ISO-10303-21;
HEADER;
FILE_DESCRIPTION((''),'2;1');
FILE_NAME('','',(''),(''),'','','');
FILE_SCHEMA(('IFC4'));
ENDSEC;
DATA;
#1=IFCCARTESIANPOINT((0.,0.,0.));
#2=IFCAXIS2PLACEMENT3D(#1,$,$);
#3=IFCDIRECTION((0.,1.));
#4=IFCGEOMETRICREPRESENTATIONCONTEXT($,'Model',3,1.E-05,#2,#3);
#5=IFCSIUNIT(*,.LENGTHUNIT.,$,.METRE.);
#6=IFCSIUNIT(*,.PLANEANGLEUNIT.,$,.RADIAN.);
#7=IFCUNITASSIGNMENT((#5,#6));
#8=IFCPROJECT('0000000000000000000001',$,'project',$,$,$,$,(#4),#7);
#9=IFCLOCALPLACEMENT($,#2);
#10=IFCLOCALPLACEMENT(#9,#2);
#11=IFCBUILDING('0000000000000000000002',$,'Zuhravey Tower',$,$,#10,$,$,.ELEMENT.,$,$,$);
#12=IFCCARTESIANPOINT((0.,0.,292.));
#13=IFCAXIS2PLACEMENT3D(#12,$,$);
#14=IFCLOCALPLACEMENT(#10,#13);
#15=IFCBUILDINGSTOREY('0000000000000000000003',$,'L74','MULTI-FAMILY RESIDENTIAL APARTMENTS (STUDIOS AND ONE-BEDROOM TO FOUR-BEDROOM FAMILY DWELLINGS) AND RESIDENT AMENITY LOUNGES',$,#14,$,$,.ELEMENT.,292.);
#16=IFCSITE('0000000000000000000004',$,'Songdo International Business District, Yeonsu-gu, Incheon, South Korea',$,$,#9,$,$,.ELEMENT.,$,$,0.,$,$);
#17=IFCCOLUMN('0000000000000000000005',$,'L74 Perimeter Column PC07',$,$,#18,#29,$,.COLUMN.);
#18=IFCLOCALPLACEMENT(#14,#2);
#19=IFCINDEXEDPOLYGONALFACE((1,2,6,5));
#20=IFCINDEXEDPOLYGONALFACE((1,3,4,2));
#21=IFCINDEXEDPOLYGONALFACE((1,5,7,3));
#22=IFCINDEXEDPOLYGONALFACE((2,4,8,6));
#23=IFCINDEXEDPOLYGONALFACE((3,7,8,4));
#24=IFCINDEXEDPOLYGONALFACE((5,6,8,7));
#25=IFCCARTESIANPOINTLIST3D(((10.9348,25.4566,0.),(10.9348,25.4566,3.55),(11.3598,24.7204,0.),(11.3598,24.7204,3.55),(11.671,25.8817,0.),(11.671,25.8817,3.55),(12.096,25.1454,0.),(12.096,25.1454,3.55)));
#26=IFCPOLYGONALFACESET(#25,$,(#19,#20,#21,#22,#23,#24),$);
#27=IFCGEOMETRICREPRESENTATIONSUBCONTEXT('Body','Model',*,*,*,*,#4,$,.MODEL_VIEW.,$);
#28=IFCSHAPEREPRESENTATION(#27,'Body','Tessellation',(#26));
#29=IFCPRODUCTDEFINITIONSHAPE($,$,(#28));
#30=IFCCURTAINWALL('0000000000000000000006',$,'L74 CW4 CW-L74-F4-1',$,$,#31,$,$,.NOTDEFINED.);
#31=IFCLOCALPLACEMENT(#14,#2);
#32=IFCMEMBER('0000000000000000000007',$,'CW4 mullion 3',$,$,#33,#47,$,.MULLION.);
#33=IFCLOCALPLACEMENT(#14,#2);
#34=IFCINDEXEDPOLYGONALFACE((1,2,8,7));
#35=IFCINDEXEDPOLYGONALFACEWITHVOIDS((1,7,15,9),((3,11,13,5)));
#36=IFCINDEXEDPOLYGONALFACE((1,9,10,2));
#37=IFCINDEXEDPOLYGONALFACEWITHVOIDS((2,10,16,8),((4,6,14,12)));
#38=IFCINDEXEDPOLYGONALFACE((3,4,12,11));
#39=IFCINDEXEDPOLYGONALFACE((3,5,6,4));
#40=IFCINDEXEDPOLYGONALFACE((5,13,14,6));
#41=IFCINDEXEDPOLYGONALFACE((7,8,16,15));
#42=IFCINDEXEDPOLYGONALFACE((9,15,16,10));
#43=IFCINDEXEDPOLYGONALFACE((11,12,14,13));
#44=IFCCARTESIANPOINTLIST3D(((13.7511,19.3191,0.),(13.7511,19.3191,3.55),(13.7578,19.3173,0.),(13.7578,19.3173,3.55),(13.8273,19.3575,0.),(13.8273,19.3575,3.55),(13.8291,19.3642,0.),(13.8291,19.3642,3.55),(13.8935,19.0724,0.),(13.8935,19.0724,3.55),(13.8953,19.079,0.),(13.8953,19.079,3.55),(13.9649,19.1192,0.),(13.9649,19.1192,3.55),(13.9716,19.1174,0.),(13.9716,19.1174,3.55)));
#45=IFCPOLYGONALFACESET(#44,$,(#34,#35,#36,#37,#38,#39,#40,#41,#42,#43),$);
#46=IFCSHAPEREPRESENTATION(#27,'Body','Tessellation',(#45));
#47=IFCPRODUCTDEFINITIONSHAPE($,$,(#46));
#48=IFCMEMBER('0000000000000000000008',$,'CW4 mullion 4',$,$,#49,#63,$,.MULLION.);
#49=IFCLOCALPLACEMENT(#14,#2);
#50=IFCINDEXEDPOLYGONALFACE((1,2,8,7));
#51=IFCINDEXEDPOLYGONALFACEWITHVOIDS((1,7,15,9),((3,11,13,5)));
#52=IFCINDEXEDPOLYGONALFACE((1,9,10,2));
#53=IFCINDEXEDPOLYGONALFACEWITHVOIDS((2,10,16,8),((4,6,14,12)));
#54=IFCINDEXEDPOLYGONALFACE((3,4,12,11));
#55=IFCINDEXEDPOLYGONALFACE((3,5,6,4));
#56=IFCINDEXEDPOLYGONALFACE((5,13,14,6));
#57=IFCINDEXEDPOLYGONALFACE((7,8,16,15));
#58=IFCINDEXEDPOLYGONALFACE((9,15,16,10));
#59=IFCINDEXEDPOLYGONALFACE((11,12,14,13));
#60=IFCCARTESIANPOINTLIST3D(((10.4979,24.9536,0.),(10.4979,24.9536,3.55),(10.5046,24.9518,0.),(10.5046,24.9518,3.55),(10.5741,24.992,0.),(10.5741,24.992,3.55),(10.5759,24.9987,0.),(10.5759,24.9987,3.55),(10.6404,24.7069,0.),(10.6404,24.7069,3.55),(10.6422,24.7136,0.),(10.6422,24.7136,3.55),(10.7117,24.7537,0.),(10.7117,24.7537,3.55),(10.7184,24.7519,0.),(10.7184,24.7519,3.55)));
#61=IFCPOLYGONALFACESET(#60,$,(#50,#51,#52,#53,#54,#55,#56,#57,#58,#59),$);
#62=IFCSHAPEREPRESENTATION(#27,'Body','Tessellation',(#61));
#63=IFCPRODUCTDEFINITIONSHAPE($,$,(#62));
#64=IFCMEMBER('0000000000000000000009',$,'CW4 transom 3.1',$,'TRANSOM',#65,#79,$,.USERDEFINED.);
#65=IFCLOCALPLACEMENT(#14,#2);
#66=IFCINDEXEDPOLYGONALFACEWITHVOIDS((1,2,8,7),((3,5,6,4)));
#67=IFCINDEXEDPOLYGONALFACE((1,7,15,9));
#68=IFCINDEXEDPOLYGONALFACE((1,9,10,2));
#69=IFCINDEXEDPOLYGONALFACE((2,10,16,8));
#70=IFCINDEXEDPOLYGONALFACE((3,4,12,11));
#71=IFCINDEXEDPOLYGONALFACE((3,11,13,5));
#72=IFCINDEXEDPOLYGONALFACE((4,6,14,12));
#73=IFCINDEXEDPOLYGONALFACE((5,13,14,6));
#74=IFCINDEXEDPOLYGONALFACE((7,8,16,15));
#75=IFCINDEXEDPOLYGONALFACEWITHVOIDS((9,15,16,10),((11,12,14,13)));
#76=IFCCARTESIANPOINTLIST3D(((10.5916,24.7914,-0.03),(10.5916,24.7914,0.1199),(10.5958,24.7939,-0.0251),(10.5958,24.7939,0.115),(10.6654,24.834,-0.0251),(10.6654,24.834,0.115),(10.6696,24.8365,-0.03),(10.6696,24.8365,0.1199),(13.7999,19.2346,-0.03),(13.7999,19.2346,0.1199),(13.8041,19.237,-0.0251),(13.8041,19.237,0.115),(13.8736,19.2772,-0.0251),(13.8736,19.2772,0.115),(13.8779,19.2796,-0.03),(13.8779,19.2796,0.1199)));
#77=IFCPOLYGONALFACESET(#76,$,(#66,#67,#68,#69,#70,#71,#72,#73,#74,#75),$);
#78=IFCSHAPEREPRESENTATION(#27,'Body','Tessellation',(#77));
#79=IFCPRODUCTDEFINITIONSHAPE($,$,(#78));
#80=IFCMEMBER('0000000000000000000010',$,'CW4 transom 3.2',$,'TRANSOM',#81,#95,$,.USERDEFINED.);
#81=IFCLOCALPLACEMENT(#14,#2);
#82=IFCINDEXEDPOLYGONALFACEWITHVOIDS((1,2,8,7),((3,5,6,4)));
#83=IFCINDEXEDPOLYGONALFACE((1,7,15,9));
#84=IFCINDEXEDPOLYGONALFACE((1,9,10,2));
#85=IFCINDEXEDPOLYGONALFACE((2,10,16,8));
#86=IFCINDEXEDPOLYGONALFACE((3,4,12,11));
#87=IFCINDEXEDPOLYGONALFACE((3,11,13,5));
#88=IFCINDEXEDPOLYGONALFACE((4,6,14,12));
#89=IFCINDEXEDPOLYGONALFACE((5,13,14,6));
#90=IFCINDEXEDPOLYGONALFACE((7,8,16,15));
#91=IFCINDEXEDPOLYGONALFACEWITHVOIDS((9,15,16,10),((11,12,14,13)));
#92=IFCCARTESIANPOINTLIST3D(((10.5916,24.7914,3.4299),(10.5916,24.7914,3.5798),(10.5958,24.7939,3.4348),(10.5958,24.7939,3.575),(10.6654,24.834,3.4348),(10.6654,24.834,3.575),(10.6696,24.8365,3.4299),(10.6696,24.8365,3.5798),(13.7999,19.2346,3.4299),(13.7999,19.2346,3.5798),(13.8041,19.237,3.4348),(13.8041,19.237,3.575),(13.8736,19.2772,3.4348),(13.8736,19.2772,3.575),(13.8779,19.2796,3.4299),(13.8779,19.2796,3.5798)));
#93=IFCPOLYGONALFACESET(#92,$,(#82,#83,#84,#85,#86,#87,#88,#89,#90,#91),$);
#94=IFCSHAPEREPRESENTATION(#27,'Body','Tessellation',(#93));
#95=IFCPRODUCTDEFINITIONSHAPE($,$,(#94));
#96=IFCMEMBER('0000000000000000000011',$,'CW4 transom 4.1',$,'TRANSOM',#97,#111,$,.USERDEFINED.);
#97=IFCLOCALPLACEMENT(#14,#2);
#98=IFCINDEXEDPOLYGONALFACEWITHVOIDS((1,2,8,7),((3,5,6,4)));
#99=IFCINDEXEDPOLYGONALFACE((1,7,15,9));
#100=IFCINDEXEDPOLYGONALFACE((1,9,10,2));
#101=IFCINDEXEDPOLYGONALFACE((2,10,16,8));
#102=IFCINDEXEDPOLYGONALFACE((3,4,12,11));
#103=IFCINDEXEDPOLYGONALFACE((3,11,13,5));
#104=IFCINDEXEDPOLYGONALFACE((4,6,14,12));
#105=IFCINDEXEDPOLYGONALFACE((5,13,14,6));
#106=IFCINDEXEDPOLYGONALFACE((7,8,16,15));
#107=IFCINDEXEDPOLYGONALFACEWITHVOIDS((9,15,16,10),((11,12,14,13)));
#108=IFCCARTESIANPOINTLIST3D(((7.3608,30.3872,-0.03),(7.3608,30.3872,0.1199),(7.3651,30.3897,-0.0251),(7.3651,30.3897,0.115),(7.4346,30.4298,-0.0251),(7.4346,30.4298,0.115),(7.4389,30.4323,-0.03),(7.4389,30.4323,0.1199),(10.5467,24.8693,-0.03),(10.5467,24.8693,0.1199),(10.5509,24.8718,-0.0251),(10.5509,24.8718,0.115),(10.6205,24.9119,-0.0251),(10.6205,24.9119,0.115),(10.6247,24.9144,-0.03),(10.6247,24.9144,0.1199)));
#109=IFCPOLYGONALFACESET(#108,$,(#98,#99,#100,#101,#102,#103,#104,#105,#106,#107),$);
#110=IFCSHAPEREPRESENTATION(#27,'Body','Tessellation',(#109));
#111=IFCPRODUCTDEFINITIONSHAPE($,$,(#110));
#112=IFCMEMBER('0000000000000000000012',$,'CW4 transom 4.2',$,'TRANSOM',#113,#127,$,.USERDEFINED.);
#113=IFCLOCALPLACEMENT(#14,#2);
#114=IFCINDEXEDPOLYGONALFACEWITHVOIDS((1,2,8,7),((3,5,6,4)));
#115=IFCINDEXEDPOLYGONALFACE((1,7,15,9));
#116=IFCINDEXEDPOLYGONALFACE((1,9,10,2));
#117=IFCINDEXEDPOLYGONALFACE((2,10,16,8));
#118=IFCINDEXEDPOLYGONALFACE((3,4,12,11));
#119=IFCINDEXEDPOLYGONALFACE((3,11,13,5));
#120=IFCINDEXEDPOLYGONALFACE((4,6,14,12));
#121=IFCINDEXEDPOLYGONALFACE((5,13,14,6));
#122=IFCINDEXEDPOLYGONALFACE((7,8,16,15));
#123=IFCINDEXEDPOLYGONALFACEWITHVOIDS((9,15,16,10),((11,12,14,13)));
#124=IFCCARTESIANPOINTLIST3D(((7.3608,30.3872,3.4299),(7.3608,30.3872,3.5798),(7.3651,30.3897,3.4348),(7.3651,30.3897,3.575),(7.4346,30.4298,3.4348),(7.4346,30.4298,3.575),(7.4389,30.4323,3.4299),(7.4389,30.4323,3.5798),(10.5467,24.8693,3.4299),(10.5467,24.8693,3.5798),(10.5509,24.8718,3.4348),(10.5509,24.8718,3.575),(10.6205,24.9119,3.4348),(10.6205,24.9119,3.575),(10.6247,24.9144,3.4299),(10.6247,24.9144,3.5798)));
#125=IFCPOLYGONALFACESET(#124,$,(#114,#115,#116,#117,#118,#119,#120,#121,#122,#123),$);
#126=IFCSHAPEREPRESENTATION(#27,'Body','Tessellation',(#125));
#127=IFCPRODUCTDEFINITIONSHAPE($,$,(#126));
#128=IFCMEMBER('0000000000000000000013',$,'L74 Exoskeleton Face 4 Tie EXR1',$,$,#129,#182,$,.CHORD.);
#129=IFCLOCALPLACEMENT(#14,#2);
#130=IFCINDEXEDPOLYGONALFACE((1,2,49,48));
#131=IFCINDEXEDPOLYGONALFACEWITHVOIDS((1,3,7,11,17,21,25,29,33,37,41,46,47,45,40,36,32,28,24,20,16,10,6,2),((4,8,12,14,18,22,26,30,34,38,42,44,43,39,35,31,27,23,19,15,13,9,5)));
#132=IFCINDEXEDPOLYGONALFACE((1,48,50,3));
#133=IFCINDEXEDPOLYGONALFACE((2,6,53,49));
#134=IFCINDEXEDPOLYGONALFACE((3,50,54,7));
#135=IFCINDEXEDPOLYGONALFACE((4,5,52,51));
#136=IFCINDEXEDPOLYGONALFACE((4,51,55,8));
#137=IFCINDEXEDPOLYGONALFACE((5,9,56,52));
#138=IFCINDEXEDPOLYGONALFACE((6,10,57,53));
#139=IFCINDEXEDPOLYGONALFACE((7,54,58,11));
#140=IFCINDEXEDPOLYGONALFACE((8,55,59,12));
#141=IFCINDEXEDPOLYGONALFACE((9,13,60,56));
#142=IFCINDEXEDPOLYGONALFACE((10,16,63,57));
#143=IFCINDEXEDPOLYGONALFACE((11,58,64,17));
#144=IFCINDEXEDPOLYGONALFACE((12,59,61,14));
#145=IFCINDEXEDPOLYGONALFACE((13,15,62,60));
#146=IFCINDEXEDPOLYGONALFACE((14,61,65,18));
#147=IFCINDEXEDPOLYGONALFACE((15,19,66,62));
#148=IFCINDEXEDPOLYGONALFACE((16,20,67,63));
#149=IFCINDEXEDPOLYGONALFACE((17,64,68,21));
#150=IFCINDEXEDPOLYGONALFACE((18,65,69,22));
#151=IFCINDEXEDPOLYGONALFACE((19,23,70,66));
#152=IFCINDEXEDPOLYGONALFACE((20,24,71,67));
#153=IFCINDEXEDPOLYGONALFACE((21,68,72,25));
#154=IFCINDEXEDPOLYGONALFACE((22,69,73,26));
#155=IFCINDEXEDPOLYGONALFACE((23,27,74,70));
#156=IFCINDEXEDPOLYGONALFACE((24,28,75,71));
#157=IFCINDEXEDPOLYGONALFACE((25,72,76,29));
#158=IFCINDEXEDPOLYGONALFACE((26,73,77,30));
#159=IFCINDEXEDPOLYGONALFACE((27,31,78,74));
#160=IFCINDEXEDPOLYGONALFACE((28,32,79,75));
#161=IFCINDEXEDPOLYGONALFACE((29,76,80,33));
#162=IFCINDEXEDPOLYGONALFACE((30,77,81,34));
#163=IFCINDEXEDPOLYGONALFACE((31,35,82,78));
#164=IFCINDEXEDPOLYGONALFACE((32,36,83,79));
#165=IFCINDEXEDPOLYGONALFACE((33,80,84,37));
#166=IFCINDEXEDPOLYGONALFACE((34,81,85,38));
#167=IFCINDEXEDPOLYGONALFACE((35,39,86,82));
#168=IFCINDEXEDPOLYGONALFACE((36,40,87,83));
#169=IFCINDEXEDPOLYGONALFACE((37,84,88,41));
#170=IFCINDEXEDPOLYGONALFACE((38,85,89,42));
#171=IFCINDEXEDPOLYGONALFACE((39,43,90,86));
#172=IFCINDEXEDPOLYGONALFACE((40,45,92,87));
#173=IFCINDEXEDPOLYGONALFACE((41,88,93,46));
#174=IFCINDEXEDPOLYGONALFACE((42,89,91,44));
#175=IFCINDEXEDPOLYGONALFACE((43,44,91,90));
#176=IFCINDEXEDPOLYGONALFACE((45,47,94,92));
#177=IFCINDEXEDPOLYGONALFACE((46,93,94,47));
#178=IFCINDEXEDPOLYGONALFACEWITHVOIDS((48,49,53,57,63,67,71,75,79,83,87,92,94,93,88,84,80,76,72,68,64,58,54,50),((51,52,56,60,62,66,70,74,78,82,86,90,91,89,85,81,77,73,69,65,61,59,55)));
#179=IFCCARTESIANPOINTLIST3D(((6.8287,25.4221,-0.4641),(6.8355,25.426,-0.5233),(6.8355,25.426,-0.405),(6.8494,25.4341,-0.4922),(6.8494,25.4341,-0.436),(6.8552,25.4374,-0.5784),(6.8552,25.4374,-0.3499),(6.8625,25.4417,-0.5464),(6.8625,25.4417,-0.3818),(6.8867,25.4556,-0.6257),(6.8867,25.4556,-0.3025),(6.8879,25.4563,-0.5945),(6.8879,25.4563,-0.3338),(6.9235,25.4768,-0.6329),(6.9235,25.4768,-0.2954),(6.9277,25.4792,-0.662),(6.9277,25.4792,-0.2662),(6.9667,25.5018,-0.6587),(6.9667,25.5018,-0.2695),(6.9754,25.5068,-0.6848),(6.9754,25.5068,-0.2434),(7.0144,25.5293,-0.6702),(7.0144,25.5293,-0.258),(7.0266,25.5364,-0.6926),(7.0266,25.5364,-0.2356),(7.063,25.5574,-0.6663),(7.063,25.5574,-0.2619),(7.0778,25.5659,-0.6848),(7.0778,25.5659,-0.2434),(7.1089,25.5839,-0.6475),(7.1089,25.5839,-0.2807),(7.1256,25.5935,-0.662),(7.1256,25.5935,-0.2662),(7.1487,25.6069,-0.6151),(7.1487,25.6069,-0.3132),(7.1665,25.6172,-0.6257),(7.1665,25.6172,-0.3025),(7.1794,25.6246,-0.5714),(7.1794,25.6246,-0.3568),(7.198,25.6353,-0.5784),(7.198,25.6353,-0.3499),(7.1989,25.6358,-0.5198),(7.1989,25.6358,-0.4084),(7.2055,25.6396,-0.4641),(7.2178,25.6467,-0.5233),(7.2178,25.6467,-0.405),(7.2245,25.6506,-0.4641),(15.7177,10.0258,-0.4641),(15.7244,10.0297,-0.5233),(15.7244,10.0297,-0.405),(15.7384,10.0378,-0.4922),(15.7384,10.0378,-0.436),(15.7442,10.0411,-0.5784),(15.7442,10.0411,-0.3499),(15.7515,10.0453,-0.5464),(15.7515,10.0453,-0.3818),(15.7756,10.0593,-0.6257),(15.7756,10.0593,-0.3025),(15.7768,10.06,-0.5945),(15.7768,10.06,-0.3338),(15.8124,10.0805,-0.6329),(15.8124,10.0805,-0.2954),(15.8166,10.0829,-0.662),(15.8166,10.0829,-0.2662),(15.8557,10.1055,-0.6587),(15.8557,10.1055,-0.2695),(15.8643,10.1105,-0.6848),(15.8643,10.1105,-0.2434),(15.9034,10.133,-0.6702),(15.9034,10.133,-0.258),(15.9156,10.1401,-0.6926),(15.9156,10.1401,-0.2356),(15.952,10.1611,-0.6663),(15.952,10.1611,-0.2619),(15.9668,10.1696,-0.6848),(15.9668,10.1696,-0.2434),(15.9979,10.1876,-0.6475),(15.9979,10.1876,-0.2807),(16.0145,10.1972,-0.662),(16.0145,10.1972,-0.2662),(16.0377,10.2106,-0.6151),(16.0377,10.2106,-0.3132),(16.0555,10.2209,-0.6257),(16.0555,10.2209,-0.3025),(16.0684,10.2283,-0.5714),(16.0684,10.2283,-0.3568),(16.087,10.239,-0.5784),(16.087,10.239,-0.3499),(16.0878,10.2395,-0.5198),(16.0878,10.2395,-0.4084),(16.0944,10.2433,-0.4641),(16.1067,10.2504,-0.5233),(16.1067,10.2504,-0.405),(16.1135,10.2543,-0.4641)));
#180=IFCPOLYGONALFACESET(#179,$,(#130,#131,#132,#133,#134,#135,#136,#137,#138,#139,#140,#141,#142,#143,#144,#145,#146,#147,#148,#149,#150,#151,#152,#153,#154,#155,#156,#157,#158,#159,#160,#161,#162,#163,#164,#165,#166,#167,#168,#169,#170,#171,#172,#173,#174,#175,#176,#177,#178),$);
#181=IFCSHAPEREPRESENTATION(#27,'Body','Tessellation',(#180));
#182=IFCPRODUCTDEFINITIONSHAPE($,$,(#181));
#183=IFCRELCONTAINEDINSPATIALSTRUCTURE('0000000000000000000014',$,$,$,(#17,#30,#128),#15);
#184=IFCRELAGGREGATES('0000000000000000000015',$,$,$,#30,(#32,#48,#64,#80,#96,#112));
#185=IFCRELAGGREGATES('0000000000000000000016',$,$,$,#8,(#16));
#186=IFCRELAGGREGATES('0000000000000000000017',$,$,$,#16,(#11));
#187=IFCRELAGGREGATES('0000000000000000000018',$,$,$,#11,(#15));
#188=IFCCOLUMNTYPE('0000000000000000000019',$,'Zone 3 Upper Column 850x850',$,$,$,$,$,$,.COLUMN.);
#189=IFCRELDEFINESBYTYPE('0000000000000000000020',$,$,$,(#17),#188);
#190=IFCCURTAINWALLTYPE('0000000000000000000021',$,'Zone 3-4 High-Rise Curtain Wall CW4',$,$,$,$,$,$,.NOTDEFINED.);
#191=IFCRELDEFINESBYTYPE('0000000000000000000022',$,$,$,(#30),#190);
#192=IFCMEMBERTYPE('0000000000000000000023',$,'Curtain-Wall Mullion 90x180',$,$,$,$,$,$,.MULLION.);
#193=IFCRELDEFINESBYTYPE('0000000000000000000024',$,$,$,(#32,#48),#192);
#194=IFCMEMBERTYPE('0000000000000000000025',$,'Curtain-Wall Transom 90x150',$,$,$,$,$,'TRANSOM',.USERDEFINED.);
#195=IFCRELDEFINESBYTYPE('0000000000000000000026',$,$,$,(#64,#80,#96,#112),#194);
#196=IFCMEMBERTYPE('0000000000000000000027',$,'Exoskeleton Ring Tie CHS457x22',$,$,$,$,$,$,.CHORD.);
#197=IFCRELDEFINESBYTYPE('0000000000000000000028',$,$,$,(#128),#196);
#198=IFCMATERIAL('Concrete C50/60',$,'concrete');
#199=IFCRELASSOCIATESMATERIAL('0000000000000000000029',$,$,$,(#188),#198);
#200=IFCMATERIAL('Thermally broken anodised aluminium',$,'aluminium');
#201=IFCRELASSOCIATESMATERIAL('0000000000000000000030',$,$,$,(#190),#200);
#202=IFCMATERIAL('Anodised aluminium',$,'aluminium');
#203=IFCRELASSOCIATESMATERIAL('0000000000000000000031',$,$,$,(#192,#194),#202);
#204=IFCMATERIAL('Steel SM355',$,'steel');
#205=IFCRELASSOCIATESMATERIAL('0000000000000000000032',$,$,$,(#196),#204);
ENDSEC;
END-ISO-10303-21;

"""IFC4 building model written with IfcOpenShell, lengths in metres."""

from ifc_helpers import new_model, si_unit, direction, frame, origin, origin_2d, place, context, subcontext, project, spatial, rectangle, hollow_rectangle, hollow_circle, extrude, material, material_profile, profile_set, type_object, element, aggregate, save


model = new_model("IFC4")

# Units and contexts
model_context = context("Model", 3, precision=1e-05, world=origin(), true_north=direction((0.0, 1.0)))
body_context = subcontext(model_context, "Body", "Model", "MODEL_VIEW")
ifc_project = project(units=[si_unit("LENGTHUNIT", "METRE"), si_unit("PLANEANGLEUNIT", "RADIAN")], contexts=[model_context])

# Site, building, storey
site_placement = place(None, origin())
site = spatial("IfcSite", under=ifc_project, at=site_placement, Name="Songdo International Business District, Yeonsu-gu, Incheon, South Korea", CompositionType="ELEMENT", RefElevation=0.0)
building_placement = place(site_placement, origin())
building = spatial("IfcBuilding", under=site, at=building_placement, Name="Zuhravey Tower", CompositionType="ELEMENT")
storey_placement = place(building_placement, frame((0.0, 0.0, 292.0)))
storey = spatial("IfcBuildingStorey", under=building, at=storey_placement, Name="L74", Description="MULTI-FAMILY RESIDENTIAL APARTMENTS (STUDIOS AND ONE-BEDROOM TO FOUR-BEDROOM FAMILY DWELLINGS) AND RESIDENT AMENITY LOUNGES", CompositionType="ELEMENT", Elevation=292.0)

# Column
ifc_material_1 = material(Name="Concrete C50/60", Category="concrete")
ifc_material_profile_1 = material_profile(ifc_material_1, rectangle(XDim=0.8501, YDim=0.8501, at=origin_2d()), Name="RC-850x850")
ifc_profile_set_1 = profile_set([ifc_material_profile_1], Name="Concrete C50/60")
column_type = type_object("IfcColumnType", Name="Zone 3 Upper Column 850x850", PredefinedType="COLUMN", material=ifc_profile_set_1)
column_placement = place(storey_placement, frame((11.5154, 25.301, 0.0), z_axis=(0.0, 0.0, 1.0), x_axis=(0.5, -0.866025, 0.0)))
element("IfcColumn", 1, at=column_placement, inside=storey, type_object=column_type, Name="L74 Perimeter Column PC07", PredefinedType="COLUMN", context=body_context, shape_type="SweptSolid", body=[
    extrude(rectangle(XDim=0.8501, YDim=0.8501, at=origin_2d()), origin(), (0.0, 0.0, 1.0), 3.55),
])

# Curtain wall, members
ifc_material_2 = material(Name="Thermally broken anodised aluminium", Category="aluminium")
curtain_wall_type = type_object("IfcCurtainWallType", Name="Zone 3-4 High-Rise Curtain Wall CW4", PredefinedType="NOTDEFINED", material=ifc_material_2)
curtain_wall_placement = place(storey_placement, origin())
curtain_wall = element("IfcCurtainWall", 2, at=curtain_wall_placement, inside=storey, type_object=curtain_wall_type, Name="L74 CW4 CW-L74-F4-1", PredefinedType="NOTDEFINED")
ifc_material_3 = material(Name="Anodised aluminium", Category="aluminium")
ifc_material_profile_2 = material_profile(ifc_material_3, hollow_rectangle(XDim=0.0901, YDim=0.2849, WallThickness=0.0049, at=origin_2d()), Name="ALU-RHS-90x285x5")
ifc_profile_set_2 = profile_set([ifc_material_profile_2], Name="Anodised aluminium")
member_type_1 = type_object("IfcMemberType", Name="Curtain-Wall Mullion 90x180", PredefinedType="MULLION", material=ifc_profile_set_2)
member_1_placement = place(storey_placement, frame((13.8613, 19.2183, 0.0), z_axis=(0.0, 0.0, 1.0), x_axis=(-0.866025, -0.500001, 0.0)))
member_1 = element("IfcMember", 3, at=member_1_placement, type_object=member_type_1, Name="CW4 mullion 3", PredefinedType="MULLION", context=body_context, shape_type="SweptSolid", body=[
    extrude(hollow_rectangle(XDim=0.0901, YDim=0.2849, WallThickness=0.0049, at=origin_2d()), origin(), (0.0, 0.0, 1.0), 3.55),
])
member_2_placement = place(storey_placement, frame((10.6082, 24.8528, 0.0), z_axis=(0.0, 0.0, 1.0), x_axis=(-0.866025, -0.500001, 0.0)))
member_2 = element("IfcMember", 4, at=member_2_placement, type_object=member_type_1, Name="CW4 mullion 4", PredefinedType="MULLION", context=body_context, shape_type="SweptSolid", body=[
    extrude(hollow_rectangle(XDim=0.0901, YDim=0.2849, WallThickness=0.0049, at=origin_2d()), origin(), (0.0, 0.0, 1.0), 3.55),
])
ifc_material_profile_3 = material_profile(ifc_material_3, hollow_rectangle(XDim=0.0901, YDim=0.1499, WallThickness=0.0049, at=origin_2d()), Name="ALU-RHS-90x150x5")
ifc_profile_set_3 = profile_set([ifc_material_profile_3], Name="Anodised aluminium")
member_type_2 = type_object("IfcMemberType", Name="Curtain-Wall Transom 90x150", ElementType="TRANSOM", PredefinedType="USERDEFINED", material=ifc_profile_set_3)
member_3_placement = place(storey_placement, frame((13.8389, 19.2571, 0.0449), z_axis=(-0.499998, 0.866027, 0.0), x_axis=(-0.866027, -0.499998, 0.0)))
member_3 = element("IfcMember", 5, at=member_3_placement, type_object=member_type_2, Name="CW4 transom 3.1", ObjectType="TRANSOM", PredefinedType="USERDEFINED", context=body_context, shape_type="SweptSolid", body=[
    extrude(hollow_rectangle(XDim=0.0901, YDim=0.1499, WallThickness=0.0049, at=origin_2d()), origin(), (0.0, 0.0, 1.0), 6.4165),
])
member_4_placement = place(storey_placement, frame((13.8389, 19.2571, 3.5049), z_axis=(-0.499998, 0.866027, 0.0), x_axis=(-0.866027, -0.499998, 0.0)))
member_4 = element("IfcMember", 6, at=member_4_placement, type_object=member_type_2, Name="CW4 transom 3.2", ObjectType="TRANSOM", PredefinedType="USERDEFINED", context=body_context, shape_type="SweptSolid", body=[
    extrude(hollow_rectangle(XDim=0.0901, YDim=0.1499, WallThickness=0.0049, at=origin_2d()), origin(), (0.0, 0.0, 1.0), 6.4165),
])
member_5_placement = place(storey_placement, frame((10.5857, 24.8918, 0.0449), z_axis=(-0.500009, 0.86602, 0.0), x_axis=(-0.86602, -0.500009, 0.0)))
member_5 = element("IfcMember", 7, at=member_5_placement, type_object=member_type_2, Name="CW4 transom 4.1", ObjectType="TRANSOM", PredefinedType="USERDEFINED", context=body_context, shape_type="SweptSolid", body=[
    extrude(hollow_rectangle(XDim=0.0901, YDim=0.1499, WallThickness=0.0049, at=origin_2d()), origin(), (0.0, 0.0, 1.0), 6.3716),
])
member_6_placement = place(storey_placement, frame((10.5857, 24.8918, 3.5049), z_axis=(-0.500009, 0.86602, 0.0), x_axis=(-0.86602, -0.500009, 0.0)))
member_6 = element("IfcMember", 8, at=member_6_placement, type_object=member_type_2, Name="CW4 transom 4.2", ObjectType="TRANSOM", PredefinedType="USERDEFINED", context=body_context, shape_type="SweptSolid", body=[
    extrude(hollow_rectangle(XDim=0.0901, YDim=0.1499, WallThickness=0.0049, at=origin_2d()), origin(), (0.0, 0.0, 1.0), 6.3716),
])

# Member
ifc_material_4 = material(Name="Steel SM355", Category="steel")
ifc_material_profile_4 = material_profile(ifc_material_4, hollow_circle(Radius=0.2285, WallThickness=0.022, at=origin_2d()), Name="CHS-457.2x22")
ifc_profile_set_4 = profile_set([ifc_material_profile_4], Name="Steel SM355")
member_type_3 = type_object("IfcMemberType", Name="Exoskeleton Ring Tie CHS457x22", PredefinedType="CHORD", material=ifc_profile_set_4)
member_7_placement = place(storey_placement, frame((7.0266, 25.5364, -0.4641), z_axis=(0.499995, -0.866028, 0.0), x_axis=(0.866028, 0.499995, 0.0)))
element("IfcMember", 9, at=member_7_placement, inside=storey, type_object=member_type_3, Name="L74 Exoskeleton Face 4 Tie EXR1", PredefinedType="CHORD", context=body_context, shape_type="SweptSolid", body=[
    extrude(hollow_circle(Radius=0.2285, WallThickness=0.022, at=origin_2d()), origin(), (0.0, 0.0, 1.0), 17.7781),
])

aggregate(curtain_wall, [member_1, member_2, member_3, member_4, member_5, member_6])

save(model, "model.ifc")
